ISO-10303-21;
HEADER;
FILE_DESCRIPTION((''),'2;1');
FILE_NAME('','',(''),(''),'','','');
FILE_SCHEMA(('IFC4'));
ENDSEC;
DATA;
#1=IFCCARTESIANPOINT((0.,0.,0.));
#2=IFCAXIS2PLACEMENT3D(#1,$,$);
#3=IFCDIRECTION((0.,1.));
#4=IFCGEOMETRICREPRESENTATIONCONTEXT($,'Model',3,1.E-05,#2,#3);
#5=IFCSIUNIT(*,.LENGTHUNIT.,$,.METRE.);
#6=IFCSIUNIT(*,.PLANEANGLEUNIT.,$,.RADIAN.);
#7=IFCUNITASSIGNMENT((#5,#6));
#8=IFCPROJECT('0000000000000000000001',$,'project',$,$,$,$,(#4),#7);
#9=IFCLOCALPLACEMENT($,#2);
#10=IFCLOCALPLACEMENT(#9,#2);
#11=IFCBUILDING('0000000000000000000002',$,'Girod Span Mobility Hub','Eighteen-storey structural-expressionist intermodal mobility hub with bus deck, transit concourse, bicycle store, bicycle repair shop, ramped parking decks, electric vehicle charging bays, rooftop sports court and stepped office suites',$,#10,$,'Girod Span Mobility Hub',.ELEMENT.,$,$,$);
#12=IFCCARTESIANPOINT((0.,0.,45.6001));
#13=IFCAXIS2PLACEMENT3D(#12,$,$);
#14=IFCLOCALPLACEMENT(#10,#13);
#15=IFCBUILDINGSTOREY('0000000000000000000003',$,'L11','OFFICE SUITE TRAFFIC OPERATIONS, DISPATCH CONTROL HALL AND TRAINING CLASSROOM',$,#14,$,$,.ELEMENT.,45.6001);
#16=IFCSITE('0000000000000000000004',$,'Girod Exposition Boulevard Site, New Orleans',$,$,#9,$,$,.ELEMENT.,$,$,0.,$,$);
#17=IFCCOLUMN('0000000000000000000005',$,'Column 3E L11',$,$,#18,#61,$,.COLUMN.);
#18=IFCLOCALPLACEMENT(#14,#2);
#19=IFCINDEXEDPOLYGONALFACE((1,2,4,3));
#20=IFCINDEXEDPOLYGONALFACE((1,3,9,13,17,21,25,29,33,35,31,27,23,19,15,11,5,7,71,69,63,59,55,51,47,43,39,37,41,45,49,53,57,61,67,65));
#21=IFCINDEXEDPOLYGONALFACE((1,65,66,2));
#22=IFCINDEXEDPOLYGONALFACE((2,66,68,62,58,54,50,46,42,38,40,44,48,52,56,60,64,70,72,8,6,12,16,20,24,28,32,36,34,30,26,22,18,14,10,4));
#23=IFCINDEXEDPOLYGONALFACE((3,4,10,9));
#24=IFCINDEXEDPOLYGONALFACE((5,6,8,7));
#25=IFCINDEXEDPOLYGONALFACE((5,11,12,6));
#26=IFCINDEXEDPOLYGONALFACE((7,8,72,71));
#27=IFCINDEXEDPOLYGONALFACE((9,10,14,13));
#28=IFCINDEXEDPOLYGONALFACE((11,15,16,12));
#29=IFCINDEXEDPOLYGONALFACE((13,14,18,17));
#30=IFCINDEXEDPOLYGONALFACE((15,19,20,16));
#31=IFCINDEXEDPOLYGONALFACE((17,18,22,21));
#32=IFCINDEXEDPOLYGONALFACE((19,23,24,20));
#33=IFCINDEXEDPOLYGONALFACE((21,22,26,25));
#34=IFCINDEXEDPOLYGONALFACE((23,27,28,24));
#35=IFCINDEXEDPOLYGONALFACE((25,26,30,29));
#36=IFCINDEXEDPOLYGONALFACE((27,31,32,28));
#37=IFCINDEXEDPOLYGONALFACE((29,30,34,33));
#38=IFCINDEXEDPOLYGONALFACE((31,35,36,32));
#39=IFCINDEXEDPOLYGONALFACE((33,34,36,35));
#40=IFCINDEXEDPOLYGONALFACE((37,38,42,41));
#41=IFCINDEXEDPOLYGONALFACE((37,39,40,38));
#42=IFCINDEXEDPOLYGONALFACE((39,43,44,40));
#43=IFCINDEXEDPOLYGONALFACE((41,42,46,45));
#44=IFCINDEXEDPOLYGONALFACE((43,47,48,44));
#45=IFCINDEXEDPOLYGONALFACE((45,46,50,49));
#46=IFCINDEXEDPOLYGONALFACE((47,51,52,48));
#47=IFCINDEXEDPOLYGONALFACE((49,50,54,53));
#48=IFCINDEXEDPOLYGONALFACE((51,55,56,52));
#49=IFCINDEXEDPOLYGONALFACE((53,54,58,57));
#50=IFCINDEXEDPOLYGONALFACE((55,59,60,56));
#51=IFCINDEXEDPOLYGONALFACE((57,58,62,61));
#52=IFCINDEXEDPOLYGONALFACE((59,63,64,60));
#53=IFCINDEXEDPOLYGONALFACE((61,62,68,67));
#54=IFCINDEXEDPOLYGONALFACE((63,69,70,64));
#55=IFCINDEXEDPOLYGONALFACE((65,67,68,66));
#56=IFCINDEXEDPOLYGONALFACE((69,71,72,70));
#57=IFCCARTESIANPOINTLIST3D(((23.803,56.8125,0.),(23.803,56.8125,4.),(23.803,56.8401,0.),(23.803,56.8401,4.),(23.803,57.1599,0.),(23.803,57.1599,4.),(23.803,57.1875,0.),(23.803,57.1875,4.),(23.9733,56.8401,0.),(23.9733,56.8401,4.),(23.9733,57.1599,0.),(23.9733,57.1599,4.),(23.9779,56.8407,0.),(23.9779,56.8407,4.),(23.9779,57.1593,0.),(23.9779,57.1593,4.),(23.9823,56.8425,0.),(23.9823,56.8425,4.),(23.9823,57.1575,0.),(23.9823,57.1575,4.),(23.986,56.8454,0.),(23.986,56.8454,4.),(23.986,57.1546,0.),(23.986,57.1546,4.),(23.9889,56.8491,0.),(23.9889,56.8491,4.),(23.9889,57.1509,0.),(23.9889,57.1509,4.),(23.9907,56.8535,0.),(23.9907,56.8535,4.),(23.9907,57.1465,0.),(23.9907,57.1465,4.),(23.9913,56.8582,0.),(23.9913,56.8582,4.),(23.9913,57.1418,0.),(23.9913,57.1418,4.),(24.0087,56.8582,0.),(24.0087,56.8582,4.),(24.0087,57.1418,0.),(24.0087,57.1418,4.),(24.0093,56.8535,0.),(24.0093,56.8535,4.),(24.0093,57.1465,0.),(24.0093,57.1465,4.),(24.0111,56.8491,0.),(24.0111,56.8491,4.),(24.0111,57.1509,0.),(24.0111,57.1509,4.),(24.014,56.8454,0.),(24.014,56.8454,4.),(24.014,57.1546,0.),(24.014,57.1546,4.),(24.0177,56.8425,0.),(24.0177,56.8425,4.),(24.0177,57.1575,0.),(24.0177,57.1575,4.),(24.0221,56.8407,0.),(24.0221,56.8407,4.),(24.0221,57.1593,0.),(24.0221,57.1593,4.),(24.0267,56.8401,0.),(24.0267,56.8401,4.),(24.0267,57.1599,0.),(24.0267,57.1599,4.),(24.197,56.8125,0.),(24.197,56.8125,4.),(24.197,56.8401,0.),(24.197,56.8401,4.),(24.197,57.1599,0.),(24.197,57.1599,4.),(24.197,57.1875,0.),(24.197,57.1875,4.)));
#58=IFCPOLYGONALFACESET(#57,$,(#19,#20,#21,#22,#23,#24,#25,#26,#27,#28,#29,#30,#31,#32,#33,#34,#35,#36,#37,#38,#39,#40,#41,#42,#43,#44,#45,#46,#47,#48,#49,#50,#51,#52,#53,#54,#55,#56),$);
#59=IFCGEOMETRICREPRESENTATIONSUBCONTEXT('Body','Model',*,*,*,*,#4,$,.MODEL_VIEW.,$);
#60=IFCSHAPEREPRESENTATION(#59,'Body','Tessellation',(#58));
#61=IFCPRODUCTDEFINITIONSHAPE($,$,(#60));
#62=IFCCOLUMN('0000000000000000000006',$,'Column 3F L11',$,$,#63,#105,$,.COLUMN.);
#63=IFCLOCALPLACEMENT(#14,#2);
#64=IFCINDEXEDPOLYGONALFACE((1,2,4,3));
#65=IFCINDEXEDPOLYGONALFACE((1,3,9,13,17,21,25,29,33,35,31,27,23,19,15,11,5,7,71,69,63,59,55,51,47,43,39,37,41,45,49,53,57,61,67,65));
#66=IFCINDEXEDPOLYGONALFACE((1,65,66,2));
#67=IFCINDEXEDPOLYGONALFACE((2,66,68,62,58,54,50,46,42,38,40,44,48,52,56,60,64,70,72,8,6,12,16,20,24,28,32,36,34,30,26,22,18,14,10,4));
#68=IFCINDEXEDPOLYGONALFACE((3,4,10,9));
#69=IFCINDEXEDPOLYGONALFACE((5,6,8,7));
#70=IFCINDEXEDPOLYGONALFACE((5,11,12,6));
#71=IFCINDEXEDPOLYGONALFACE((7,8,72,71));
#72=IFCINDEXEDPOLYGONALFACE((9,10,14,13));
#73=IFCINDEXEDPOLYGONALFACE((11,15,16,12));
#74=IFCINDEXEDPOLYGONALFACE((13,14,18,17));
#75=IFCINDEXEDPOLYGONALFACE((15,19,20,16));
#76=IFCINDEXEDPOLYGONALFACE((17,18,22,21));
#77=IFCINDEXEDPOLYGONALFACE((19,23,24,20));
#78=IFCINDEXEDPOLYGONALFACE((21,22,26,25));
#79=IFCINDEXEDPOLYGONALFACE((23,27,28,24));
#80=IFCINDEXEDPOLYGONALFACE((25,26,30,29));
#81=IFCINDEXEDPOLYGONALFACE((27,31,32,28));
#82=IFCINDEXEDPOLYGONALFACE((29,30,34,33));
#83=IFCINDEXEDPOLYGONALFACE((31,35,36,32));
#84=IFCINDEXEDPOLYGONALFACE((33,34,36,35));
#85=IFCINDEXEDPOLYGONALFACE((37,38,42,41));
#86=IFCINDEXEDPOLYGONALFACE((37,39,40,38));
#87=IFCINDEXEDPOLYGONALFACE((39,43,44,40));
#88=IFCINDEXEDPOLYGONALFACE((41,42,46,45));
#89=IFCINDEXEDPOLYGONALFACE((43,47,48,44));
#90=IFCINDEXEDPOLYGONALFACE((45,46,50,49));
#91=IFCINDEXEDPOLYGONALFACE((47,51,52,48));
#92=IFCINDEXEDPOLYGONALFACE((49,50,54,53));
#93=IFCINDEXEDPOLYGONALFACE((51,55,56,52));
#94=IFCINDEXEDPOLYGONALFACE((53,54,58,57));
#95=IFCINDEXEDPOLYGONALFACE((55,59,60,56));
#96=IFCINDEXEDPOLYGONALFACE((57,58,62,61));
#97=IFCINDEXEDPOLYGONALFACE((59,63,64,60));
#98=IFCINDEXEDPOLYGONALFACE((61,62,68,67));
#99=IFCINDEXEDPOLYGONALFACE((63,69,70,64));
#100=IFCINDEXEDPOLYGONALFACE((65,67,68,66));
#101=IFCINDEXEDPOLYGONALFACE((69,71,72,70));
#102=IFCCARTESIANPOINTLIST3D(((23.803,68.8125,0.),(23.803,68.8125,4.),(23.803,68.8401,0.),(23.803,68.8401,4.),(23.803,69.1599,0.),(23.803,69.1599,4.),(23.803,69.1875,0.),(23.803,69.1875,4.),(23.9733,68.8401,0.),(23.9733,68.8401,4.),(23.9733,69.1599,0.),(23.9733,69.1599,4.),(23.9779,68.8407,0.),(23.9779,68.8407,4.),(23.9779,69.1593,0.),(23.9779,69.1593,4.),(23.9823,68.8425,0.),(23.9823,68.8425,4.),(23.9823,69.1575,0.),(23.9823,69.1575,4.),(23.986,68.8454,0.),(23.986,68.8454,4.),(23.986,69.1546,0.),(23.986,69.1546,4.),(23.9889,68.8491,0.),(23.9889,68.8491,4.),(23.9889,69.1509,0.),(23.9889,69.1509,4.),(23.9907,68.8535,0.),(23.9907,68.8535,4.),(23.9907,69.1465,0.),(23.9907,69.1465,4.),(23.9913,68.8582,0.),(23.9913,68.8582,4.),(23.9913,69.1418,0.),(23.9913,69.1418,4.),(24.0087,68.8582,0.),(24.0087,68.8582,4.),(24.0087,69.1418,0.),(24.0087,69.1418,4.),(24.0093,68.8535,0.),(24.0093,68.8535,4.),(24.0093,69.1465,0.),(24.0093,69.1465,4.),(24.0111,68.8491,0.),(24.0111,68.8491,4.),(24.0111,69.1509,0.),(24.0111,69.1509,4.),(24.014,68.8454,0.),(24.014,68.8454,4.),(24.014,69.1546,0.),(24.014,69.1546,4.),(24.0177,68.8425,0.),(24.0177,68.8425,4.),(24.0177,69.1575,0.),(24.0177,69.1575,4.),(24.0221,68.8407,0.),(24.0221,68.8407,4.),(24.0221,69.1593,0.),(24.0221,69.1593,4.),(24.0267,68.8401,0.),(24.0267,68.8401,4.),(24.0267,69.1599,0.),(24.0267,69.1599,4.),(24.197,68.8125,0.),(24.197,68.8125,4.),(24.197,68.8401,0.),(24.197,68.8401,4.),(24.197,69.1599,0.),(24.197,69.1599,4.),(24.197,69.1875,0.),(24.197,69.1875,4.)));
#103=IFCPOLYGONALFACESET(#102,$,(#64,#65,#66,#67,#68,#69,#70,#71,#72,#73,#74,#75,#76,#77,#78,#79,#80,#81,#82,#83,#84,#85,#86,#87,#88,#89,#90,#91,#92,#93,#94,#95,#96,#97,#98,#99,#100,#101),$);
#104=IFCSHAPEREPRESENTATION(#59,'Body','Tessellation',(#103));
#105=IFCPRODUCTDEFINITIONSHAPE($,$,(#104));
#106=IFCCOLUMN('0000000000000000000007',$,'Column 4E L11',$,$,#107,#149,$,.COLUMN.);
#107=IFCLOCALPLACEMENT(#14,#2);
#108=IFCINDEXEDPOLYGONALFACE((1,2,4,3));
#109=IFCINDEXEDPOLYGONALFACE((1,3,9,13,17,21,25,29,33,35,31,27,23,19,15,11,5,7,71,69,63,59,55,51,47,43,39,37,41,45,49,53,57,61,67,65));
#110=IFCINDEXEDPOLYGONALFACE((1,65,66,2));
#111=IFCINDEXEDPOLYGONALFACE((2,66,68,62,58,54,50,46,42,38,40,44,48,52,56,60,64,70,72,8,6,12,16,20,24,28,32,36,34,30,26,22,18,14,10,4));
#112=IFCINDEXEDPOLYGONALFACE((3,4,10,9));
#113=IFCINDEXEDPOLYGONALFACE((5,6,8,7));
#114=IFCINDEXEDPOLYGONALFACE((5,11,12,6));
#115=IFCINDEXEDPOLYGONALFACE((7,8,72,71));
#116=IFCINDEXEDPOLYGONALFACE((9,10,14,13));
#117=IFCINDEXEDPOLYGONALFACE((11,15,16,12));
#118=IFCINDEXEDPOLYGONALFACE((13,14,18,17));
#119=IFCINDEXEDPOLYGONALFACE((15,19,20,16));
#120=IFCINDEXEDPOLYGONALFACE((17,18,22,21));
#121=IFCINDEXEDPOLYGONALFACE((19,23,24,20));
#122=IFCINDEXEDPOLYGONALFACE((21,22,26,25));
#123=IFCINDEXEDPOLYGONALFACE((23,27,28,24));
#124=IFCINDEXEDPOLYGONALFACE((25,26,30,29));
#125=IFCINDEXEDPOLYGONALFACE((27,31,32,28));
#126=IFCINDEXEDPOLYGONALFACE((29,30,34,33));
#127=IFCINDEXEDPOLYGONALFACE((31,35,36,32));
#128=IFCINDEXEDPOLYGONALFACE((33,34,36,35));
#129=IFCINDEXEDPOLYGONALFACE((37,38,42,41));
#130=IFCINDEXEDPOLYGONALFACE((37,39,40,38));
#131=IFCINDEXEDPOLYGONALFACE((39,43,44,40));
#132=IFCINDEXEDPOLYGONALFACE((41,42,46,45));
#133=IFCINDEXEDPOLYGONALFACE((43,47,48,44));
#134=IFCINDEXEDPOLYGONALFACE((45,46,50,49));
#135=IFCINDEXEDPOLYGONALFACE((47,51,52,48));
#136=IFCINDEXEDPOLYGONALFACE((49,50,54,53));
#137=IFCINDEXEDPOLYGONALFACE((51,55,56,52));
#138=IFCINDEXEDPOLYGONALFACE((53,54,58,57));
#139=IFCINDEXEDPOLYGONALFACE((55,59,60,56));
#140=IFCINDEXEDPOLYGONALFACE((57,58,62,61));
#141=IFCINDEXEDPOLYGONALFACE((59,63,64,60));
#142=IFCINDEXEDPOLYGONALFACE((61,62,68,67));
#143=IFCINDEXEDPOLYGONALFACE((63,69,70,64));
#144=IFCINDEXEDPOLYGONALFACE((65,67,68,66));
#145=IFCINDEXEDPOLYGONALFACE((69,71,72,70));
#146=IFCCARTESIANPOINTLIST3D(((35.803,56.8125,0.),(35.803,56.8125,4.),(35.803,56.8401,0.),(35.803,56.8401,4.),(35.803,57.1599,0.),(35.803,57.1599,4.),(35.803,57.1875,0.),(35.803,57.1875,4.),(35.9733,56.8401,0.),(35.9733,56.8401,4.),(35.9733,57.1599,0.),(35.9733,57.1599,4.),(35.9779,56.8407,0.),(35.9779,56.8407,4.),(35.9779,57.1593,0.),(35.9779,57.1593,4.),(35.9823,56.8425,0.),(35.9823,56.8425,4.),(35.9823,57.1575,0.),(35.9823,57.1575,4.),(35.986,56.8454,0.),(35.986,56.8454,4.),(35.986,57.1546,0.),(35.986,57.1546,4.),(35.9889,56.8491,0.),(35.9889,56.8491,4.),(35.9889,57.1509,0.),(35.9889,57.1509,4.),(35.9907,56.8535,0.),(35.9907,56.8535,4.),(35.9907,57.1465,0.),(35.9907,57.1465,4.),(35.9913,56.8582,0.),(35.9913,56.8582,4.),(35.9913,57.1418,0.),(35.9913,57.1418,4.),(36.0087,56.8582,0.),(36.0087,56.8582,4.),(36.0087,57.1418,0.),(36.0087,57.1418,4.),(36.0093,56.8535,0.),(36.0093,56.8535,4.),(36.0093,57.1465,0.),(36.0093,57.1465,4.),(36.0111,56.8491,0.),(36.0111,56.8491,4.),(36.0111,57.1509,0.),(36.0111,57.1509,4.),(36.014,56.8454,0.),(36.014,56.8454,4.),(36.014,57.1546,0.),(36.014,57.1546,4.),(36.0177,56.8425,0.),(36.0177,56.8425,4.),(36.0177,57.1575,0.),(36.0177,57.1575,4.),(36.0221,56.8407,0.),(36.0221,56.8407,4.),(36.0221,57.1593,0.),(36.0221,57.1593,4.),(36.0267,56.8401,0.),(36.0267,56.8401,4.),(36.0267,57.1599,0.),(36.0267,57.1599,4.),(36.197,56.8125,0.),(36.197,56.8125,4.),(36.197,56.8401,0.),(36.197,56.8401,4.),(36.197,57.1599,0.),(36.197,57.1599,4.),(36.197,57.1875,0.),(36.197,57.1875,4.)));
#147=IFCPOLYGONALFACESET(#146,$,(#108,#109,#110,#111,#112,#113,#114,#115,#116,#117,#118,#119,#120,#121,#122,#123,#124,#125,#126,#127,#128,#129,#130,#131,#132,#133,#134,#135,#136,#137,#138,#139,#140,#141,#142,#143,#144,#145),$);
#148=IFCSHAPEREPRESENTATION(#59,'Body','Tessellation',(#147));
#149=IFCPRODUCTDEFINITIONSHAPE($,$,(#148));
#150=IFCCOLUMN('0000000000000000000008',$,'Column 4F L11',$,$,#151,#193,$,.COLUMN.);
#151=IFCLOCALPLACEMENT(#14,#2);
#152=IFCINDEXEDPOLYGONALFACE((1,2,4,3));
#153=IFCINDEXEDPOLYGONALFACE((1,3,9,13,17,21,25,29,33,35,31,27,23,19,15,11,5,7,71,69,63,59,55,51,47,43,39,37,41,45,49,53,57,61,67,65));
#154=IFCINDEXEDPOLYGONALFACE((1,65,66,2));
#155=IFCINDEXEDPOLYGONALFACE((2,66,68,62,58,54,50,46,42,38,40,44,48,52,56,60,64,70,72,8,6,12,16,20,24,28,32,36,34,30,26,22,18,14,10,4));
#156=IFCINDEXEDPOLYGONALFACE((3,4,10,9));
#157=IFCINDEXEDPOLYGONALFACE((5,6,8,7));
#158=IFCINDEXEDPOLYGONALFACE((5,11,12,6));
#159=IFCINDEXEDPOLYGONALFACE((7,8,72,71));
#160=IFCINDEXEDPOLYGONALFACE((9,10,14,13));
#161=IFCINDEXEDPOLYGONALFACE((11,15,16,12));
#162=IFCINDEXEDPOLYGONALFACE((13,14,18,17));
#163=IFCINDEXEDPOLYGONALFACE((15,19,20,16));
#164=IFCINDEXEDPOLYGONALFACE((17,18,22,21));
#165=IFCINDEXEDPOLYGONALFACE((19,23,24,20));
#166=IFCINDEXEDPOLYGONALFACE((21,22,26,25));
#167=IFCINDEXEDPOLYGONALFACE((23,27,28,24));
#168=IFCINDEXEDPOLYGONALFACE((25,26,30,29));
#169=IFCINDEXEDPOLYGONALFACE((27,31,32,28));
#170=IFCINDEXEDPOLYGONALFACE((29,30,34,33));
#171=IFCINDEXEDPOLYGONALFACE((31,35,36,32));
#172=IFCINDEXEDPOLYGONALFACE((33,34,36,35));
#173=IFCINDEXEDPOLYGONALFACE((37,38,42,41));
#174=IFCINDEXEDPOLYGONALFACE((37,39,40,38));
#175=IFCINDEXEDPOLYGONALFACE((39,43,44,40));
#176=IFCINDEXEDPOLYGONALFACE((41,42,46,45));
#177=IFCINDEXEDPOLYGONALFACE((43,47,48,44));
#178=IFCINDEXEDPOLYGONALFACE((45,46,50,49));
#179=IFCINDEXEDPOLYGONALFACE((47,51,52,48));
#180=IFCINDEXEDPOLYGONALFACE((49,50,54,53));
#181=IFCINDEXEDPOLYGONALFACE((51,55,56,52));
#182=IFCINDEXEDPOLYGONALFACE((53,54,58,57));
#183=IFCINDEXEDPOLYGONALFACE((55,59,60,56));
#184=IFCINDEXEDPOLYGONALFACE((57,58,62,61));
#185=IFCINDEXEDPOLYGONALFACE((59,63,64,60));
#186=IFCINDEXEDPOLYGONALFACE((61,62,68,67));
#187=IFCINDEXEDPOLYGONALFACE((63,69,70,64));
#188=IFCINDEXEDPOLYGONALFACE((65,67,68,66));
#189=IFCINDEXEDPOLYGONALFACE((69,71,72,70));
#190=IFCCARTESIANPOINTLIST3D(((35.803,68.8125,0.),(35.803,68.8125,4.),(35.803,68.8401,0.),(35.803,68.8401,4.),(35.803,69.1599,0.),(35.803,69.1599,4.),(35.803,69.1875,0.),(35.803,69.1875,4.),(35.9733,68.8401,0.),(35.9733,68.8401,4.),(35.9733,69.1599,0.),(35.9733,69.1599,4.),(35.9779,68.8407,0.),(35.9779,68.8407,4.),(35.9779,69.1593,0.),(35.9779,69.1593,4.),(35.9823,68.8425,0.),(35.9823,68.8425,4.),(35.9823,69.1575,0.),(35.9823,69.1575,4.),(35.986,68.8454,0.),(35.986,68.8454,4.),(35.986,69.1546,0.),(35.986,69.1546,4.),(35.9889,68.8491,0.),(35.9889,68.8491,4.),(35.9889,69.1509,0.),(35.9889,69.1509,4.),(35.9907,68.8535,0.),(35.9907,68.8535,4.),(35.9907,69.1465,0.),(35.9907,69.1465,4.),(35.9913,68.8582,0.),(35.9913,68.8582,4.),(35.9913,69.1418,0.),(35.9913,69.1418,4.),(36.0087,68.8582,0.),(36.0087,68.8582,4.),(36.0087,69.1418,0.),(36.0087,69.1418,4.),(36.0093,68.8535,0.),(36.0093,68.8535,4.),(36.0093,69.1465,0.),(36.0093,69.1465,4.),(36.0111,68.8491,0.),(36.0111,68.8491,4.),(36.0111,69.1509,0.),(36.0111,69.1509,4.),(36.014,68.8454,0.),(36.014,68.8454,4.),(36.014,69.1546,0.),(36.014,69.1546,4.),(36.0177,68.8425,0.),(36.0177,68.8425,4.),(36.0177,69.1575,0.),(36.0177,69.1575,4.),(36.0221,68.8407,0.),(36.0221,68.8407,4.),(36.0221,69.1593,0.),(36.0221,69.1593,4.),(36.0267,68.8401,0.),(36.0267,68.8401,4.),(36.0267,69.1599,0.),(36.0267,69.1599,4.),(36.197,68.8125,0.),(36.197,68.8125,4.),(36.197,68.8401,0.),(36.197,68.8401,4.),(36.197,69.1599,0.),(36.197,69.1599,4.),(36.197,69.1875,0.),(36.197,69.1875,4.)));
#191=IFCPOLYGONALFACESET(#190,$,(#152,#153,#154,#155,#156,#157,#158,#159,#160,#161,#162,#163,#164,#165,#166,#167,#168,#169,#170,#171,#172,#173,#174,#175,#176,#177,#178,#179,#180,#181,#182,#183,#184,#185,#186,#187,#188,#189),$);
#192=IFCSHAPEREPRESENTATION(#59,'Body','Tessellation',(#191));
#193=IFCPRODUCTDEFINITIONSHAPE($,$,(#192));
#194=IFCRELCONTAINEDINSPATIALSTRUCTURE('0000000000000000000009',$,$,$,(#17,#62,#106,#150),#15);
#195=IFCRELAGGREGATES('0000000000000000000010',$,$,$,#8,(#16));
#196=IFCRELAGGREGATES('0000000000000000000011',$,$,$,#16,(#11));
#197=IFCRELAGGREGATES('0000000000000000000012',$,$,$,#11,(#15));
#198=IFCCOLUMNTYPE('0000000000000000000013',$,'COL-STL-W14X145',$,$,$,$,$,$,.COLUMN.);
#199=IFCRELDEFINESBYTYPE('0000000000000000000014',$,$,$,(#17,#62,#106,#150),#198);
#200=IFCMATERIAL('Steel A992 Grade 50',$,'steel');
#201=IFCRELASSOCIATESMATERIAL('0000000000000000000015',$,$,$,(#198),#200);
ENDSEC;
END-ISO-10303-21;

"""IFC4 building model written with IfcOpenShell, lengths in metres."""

from ifc_helpers import new_model, si_unit, direction, frame, origin, origin_2d, place, context, subcontext, project, spatial, i_section, extrude, material, material_profile, profile_set, type_object, element, save


model = new_model("IFC4")

# Units and contexts
model_context = context("Model", 3, precision=1e-05, world=origin(), true_north=direction((0.0, 1.0)))
body_context = subcontext(model_context, "Body", "Model", "MODEL_VIEW")
ifc_project = project(units=[si_unit("LENGTHUNIT", "METRE"), si_unit("PLANEANGLEUNIT", "RADIAN")], contexts=[model_context])

# Site, building, storey
site_placement = place(None, origin())
site = spatial("IfcSite", under=ifc_project, at=site_placement, Name="Girod Exposition Boulevard Site, New Orleans", CompositionType="ELEMENT", RefElevation=0.0)
building_placement = place(site_placement, origin())
building = spatial("IfcBuilding", under=site, at=building_placement, Name="Girod Span Mobility Hub", Description="Eighteen-storey structural-expressionist intermodal mobility hub with bus deck, transit concourse, bicycle store, bicycle repair shop, ramped parking decks, electric vehicle charging bays, rooftop sports court and stepped office suites", LongName="Girod Span Mobility Hub", CompositionType="ELEMENT")
storey_placement = place(building_placement, frame((0.0, 0.0, 45.6001)))
storey = spatial("IfcBuildingStorey", under=building, at=storey_placement, Name="L11", Description="OFFICE SUITE TRAFFIC OPERATIONS, DISPATCH CONTROL HALL AND TRAINING CLASSROOM", CompositionType="ELEMENT", Elevation=45.6001)

# Columns
ifc_material_1 = material(Name="Steel A992 Grade 50", Category="steel")
ifc_material_profile_1 = material_profile(ifc_material_1, i_section(OverallWidth=0.394, OverallDepth=0.375, WebThickness=0.0173, FlangeThickness=0.0276, FilletRadius=0.0181, at=origin_2d()), Name="W14X145")
ifc_profile_set_1 = profile_set([ifc_material_profile_1], Name="Steel A992 Grade 50")
column_type = type_object("IfcColumnType", Name="COL-STL-W14X145", PredefinedType="COLUMN", material=ifc_profile_set_1)
for number, where, z_axis, x_axis, name in (
    (1, (24.0, 57.0, 0.0), (0.0, 0.0, 1.0), (1.0, 0.0, 0.0), "Column 3E L11"),
    (2, (24.0, 69.0, 0.0), (0.0, 0.0, 1.0), (1.0, 0.0, 0.0), "Column 3F L11"),
    (3, (36.0, 57.0, 0.0), (0.0, 0.0, 1.0), (1.0, 0.0, 0.0), "Column 4E L11"),
    (4, (36.0, 69.0, 0.0), (0.0, 0.0, 1.0), (1.0, 0.0, 0.0), "Column 4F L11"),
):
    element("IfcColumn", number, at=place(storey_placement, frame(where, z_axis=z_axis, x_axis=x_axis)), inside=storey, type_object=column_type, Name=name, PredefinedType="COLUMN", context=body_context, shape_type="SweptSolid", body=[
        extrude(i_section(OverallWidth=0.394, OverallDepth=0.375, WebThickness=0.0173, FlangeThickness=0.0276, FilletRadius=0.0181, at=origin_2d()), origin(), (0.0, 0.0, 1.0), 4.0),
    ])

save(model, "model.ifc")
